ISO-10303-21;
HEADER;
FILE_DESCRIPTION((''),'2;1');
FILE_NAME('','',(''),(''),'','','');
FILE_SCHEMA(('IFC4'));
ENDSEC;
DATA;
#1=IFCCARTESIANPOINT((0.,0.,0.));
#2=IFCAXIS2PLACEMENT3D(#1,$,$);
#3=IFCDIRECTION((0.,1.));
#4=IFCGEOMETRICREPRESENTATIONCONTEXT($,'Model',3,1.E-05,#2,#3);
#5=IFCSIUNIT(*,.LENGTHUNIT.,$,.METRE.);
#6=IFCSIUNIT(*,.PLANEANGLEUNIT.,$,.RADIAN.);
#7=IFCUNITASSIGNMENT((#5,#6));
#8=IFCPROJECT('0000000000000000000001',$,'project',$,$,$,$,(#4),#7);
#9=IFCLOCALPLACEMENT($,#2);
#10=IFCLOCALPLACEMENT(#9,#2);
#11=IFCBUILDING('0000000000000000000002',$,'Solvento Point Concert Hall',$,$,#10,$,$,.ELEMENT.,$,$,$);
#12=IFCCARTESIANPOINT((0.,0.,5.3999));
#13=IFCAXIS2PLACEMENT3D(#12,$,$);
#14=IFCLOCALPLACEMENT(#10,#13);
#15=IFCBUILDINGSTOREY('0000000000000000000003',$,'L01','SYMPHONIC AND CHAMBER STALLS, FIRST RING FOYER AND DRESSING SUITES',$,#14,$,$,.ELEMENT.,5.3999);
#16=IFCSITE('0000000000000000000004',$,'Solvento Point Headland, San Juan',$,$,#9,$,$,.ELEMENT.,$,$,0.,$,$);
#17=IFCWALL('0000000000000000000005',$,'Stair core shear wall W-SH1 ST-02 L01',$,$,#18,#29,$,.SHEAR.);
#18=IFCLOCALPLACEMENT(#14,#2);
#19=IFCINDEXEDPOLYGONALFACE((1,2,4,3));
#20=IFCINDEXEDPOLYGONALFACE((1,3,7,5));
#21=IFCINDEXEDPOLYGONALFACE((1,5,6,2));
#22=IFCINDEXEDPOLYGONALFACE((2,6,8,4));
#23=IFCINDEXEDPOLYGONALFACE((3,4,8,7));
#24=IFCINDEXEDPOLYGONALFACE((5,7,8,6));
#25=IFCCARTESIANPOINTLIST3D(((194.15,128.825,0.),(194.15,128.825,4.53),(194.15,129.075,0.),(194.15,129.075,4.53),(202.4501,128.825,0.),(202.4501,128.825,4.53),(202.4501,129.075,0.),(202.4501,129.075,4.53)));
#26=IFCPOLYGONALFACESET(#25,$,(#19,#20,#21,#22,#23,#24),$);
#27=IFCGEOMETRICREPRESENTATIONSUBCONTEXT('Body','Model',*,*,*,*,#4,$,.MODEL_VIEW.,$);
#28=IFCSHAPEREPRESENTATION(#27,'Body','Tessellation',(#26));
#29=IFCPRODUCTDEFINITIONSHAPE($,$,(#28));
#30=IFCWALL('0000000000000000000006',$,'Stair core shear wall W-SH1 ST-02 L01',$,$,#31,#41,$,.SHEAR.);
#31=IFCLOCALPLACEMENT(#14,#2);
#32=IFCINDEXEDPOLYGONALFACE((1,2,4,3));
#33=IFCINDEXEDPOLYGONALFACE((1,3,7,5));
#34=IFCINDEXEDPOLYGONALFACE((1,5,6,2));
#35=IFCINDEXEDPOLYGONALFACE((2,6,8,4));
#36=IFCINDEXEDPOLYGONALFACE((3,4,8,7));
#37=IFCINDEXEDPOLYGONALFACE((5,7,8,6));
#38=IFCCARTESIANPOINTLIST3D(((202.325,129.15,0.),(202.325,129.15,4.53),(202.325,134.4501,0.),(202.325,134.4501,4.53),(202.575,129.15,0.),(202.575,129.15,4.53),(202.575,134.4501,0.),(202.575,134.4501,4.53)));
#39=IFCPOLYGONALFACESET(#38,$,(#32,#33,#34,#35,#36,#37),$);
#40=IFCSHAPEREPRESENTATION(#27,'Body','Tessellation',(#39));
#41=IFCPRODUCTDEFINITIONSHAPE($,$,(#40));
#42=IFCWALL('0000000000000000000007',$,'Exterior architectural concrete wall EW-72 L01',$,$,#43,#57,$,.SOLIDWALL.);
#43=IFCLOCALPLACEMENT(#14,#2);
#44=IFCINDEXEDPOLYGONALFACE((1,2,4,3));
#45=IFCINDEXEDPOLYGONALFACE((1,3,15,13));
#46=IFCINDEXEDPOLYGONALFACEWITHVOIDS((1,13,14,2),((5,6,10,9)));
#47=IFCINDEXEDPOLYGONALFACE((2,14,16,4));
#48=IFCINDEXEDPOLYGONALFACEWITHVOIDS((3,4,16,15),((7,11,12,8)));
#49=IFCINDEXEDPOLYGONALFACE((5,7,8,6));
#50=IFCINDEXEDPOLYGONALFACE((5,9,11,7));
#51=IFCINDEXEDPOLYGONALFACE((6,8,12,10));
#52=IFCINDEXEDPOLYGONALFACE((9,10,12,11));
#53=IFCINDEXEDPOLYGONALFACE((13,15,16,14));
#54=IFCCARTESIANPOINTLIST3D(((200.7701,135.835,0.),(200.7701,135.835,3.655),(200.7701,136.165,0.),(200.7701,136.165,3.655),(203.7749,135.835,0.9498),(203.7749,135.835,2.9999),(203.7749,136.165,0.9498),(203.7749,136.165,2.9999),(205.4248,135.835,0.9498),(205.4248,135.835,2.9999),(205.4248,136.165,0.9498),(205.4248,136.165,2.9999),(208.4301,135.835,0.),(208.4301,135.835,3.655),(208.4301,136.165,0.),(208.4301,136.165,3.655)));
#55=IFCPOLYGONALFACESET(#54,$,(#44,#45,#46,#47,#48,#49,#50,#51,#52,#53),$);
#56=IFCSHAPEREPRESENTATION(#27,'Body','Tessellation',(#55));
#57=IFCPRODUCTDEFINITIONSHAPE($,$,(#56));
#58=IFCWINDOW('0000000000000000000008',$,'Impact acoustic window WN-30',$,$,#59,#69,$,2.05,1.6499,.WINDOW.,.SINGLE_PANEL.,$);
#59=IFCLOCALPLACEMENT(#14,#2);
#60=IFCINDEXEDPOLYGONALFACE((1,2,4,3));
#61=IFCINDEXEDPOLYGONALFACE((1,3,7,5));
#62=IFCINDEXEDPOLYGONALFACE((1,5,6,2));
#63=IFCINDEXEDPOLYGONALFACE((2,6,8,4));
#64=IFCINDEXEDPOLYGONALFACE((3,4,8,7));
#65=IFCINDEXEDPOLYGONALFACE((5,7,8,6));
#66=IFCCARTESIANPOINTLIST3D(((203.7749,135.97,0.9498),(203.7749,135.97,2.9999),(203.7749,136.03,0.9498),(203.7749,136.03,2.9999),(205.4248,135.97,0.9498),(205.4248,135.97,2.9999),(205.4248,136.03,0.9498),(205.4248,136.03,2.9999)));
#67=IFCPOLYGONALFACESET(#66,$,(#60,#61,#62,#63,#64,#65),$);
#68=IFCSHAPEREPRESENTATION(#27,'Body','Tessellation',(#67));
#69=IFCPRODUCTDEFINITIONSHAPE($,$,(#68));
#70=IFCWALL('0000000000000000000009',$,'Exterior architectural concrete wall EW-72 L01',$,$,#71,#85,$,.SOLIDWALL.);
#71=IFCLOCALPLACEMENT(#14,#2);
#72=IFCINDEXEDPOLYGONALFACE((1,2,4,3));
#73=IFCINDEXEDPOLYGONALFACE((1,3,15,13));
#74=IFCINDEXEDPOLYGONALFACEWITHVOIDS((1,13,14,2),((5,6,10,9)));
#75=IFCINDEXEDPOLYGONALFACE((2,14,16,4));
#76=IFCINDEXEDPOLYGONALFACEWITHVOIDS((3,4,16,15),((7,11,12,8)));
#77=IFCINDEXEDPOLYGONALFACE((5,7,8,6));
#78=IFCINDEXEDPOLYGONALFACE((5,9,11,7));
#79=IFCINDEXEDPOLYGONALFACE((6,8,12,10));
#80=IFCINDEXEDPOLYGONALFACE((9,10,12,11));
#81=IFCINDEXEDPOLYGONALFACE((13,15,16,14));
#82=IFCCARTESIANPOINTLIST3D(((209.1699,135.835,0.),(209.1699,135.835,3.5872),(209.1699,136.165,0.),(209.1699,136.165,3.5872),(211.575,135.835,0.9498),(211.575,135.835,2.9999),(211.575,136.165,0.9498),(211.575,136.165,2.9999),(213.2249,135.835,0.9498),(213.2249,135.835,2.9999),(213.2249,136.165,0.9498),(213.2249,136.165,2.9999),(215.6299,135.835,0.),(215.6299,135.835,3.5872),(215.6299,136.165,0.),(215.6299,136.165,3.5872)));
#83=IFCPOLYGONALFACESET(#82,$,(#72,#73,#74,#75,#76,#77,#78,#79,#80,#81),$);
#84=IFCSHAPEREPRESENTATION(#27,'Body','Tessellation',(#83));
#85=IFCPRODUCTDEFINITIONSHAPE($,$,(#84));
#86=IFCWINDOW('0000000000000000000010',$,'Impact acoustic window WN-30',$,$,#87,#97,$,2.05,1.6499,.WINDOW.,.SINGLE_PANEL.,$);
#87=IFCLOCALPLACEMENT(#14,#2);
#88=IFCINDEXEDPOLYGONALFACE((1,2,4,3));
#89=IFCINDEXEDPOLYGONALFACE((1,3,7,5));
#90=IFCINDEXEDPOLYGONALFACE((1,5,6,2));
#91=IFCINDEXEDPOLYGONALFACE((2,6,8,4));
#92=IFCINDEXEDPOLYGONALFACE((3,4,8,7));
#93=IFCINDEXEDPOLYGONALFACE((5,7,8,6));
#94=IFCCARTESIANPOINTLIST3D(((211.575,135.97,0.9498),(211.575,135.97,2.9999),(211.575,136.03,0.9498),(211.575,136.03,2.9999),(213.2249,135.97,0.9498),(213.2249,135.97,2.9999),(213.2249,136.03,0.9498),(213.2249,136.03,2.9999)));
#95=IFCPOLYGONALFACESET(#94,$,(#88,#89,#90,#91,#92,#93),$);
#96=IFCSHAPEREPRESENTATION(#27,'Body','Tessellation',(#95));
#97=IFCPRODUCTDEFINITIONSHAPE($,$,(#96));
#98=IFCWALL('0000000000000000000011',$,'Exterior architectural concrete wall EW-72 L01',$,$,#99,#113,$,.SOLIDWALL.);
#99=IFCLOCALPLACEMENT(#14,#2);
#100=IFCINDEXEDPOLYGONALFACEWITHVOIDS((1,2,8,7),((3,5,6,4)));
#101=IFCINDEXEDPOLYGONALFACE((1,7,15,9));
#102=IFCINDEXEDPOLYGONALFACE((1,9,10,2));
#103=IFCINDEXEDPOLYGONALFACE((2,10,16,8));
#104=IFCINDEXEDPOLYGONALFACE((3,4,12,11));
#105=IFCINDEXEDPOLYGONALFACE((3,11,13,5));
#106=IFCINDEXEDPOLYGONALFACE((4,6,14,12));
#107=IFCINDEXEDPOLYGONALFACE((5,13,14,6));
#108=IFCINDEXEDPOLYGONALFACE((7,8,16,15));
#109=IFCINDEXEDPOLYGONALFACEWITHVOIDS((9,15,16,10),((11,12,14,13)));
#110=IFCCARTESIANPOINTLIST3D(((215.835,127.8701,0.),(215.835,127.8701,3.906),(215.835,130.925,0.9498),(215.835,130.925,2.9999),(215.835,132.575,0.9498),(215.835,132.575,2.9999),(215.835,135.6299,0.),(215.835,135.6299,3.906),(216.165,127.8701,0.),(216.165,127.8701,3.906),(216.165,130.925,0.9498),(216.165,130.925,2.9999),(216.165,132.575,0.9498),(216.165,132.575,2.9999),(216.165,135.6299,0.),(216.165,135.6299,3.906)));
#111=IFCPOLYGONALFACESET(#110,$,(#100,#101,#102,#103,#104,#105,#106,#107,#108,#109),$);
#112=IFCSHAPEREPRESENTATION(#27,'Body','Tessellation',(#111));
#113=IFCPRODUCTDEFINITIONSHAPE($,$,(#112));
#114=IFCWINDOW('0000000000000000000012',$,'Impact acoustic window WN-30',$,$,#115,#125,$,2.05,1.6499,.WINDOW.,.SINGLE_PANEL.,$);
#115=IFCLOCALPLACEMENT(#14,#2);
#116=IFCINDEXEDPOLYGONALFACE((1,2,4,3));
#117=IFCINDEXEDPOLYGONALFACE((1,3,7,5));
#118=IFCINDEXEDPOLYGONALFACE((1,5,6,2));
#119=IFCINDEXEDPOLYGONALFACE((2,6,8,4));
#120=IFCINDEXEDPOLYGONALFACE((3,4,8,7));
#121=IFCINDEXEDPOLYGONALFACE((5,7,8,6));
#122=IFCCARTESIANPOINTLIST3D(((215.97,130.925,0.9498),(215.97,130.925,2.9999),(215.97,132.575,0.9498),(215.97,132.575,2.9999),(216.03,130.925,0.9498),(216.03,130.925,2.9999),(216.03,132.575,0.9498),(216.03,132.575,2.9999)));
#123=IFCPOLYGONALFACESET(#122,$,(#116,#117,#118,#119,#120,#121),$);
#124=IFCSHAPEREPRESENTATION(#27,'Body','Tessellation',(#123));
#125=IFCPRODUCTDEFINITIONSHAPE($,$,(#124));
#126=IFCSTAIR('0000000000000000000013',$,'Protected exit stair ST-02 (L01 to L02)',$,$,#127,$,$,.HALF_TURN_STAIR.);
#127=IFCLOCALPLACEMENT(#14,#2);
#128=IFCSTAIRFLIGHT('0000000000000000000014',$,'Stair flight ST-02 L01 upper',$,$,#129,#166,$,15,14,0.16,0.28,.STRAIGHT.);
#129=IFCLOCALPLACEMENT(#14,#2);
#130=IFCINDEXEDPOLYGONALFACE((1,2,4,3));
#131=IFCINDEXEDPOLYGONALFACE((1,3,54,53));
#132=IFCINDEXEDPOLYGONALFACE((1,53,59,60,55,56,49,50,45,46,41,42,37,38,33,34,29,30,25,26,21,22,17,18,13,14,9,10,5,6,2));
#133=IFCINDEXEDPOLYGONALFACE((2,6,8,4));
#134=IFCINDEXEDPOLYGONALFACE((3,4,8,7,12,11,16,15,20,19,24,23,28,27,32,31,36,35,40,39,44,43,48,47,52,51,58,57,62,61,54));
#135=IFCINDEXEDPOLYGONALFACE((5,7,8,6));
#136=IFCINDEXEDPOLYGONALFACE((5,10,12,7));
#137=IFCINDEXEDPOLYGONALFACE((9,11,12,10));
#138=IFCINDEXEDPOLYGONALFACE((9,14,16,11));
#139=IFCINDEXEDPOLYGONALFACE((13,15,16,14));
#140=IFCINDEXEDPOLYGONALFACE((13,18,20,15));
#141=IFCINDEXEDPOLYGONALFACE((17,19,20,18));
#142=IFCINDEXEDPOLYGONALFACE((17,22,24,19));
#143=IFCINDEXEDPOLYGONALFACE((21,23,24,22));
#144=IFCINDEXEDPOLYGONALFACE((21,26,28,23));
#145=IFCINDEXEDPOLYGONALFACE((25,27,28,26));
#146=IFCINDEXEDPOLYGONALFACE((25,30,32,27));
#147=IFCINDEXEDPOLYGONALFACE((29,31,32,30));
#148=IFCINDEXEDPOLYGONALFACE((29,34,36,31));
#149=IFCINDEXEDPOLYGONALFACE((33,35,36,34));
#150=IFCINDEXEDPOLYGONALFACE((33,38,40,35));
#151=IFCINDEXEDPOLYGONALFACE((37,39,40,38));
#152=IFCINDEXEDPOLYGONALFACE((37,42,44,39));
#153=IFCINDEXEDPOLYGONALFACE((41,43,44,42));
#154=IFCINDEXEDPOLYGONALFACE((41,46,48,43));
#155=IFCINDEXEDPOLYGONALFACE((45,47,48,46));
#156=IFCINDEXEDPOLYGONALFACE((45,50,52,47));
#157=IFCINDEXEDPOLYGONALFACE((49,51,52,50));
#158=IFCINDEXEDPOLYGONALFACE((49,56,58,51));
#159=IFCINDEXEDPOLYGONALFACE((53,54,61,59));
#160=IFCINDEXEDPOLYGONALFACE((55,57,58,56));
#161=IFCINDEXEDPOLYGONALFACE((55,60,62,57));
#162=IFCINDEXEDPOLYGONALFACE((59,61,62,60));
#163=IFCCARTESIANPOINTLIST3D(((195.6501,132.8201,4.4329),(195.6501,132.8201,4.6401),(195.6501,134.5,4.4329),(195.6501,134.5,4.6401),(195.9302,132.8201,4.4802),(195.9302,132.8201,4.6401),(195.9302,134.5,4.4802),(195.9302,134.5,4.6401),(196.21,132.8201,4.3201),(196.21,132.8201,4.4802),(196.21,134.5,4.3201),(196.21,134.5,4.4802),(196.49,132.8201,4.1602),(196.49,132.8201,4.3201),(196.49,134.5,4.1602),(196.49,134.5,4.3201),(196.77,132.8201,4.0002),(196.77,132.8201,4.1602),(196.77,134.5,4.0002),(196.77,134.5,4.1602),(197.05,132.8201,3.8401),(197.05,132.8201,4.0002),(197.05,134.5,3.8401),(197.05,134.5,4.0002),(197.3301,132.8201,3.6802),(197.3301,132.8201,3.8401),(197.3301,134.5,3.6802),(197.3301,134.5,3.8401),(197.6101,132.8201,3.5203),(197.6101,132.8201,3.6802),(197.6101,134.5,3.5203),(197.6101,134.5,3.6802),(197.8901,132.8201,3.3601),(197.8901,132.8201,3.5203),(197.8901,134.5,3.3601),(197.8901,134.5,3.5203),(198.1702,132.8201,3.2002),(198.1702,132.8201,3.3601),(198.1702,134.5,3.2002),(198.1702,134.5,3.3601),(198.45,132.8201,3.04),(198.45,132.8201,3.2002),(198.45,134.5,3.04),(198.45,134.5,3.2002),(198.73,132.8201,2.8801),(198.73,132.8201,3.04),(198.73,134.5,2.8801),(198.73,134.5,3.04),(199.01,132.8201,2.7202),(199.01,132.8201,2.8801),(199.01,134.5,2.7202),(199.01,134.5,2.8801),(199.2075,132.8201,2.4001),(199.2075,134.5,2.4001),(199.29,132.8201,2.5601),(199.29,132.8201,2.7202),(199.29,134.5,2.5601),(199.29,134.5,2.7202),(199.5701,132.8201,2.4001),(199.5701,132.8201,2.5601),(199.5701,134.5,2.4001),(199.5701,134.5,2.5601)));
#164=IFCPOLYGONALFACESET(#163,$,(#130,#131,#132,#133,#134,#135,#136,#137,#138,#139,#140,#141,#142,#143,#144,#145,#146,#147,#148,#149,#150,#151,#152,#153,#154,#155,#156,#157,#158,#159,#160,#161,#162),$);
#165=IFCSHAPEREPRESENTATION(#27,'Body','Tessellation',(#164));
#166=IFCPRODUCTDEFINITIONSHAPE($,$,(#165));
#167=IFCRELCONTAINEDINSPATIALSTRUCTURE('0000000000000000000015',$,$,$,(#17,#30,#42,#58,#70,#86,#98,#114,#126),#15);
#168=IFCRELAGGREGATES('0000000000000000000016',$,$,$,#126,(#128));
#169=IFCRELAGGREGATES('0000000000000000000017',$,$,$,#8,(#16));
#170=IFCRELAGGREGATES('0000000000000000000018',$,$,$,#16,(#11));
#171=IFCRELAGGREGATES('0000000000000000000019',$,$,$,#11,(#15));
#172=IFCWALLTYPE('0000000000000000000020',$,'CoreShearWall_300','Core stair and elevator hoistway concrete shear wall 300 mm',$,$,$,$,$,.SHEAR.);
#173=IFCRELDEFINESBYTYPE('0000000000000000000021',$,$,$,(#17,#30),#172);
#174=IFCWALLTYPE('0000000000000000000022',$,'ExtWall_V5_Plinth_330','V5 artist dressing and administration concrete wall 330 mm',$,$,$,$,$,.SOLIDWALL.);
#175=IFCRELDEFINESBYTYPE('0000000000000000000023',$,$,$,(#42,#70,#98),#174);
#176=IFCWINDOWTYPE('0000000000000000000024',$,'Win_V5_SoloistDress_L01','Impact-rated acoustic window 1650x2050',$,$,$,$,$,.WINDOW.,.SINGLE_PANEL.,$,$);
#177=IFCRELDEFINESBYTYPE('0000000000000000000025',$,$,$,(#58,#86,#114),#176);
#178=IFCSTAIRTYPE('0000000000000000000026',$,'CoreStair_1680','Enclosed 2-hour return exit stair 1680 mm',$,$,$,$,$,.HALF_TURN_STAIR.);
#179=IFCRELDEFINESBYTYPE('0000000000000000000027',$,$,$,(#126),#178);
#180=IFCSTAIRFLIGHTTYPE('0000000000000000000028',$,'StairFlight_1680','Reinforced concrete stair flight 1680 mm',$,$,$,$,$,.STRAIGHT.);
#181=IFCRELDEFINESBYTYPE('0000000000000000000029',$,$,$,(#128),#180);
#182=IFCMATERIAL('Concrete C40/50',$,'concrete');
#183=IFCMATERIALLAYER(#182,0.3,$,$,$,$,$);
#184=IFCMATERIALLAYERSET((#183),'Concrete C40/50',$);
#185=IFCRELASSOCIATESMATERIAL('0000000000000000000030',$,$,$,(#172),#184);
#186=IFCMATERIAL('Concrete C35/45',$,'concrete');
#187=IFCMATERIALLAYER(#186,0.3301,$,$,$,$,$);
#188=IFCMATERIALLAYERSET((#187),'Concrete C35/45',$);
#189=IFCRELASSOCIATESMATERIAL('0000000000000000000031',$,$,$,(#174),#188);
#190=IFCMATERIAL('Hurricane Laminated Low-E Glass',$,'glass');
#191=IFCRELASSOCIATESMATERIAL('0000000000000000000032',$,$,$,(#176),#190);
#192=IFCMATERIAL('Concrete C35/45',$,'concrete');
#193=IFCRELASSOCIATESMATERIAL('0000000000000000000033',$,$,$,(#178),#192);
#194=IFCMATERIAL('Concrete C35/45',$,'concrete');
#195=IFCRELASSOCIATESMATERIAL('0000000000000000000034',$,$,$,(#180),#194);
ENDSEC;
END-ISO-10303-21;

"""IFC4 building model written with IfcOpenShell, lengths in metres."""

from ifc_helpers import new_model, si_unit, direction, frame, frame_2d, origin, place, context, subcontext, project, spatial, polyline, rectangle, outline, extrude, material, layer, layer_set, type_object, element, fill, aggregate, save


model = new_model("IFC4")

# Units and contexts
model_context = context("Model", 3, precision=1e-05, world=origin(), true_north=direction((0.0, 1.0)))
body_context = subcontext(model_context, "Body", "Model", "MODEL_VIEW")
ifc_project = project(units=[si_unit("LENGTHUNIT", "METRE"), si_unit("PLANEANGLEUNIT", "RADIAN")], contexts=[model_context])

# Site, building, storey
site_placement = place(None, origin())
site = spatial("IfcSite", under=ifc_project, at=site_placement, Name="Solvento Point Headland, San Juan", CompositionType="ELEMENT", RefElevation=0.0)
building_placement = place(site_placement, origin())
building = spatial("IfcBuilding", under=site, at=building_placement, Name="Solvento Point Concert Hall", CompositionType="ELEMENT")
storey_placement = place(building_placement, frame((0.0, 0.0, 5.3999)))
storey = spatial("IfcBuildingStorey", under=building, at=storey_placement, Name="L01", Description="SYMPHONIC AND CHAMBER STALLS, FIRST RING FOYER AND DRESSING SUITES", CompositionType="ELEMENT", Elevation=5.3999)

# Walls
ifc_material_1 = material(Name="Concrete C40/50", Category="concrete")
ifc_layer_1 = layer(ifc_material_1, 0.3)
ifc_layer_set_1 = layer_set([ifc_layer_1], Name="Concrete C40/50")
wall_type_1 = type_object("IfcWallType", Name="CoreShearWall_300", Description="Core stair and elevator hoistway concrete shear wall 300 mm", PredefinedType="SHEAR", material=ifc_layer_set_1)
wall_1_placement = place(storey_placement, frame((202.45, 128.95, 0.0), z_axis=(0.0, 0.0, 1.0), x_axis=(-1.0, 0.0, 0.0)))
element("IfcWall", 1, at=wall_1_placement, inside=storey, type_object=wall_type_1, Name="Stair core shear wall W-SH1 ST-02 L01", PredefinedType="SHEAR", context=body_context, shape_type="SweptSolid", body=[
    extrude(rectangle(XDim=8.3, YDim=0.25, at=frame_2d((4.1499, 0.0))), origin(), (0.0, 0.0, 1.0), 4.53),
])
wall_2_placement = place(storey_placement, frame((202.45, 134.45, 0.0), z_axis=(0.0, 0.0, 1.0), x_axis=(0.0, -1.0, 0.0)))
element("IfcWall", 2, at=wall_2_placement, inside=storey, type_object=wall_type_1, Name="Stair core shear wall W-SH1 ST-02 L01", PredefinedType="SHEAR", context=body_context, shape_type="SweptSolid", body=[
    extrude(rectangle(XDim=5.3, YDim=0.25, at=frame_2d((2.6499, 0.0))), origin(), (0.0, 0.0, 1.0), 4.53),
])

# Walls, openings, windows
ifc_material_2 = material(Name="Concrete C35/45", Category="concrete")
ifc_layer_2 = layer(ifc_material_2, 0.3301)
ifc_layer_set_2 = layer_set([ifc_layer_2], Name="Concrete C35/45")
wall_type_2 = type_object("IfcWallType", Name="ExtWall_V5_Plinth_330", Description="V5 artist dressing and administration concrete wall 330 mm", PredefinedType="SOLIDWALL", material=ifc_layer_set_2)
wall_3_placement = place(storey_placement, frame((200.77, 136.0, 0.0), z_axis=(0.0, 0.0, 1.0), x_axis=(1.0, 0.0, 0.0)))
wall_3 = element("IfcWall", 3, at=wall_3_placement, inside=storey, type_object=wall_type_2, Name="Exterior architectural concrete wall EW-72 L01", PredefinedType="SOLIDWALL", context=body_context, shape_type="SweptSolid", body=[
    extrude(rectangle(XDim=7.6599, YDim=0.3301, at=frame_2d((3.8301, 0.0))), origin(), (0.0, 0.0, 1.0), 3.655),
])
opening_1_placement = place(wall_3_placement, frame((3.0049, 0.0, 0.95)))
opening_1 = element("IfcOpeningElement", 4, at=opening_1_placement, cuts=wall_3, PredefinedType="OPENING", context=body_context, shape_type="SweptSolid", body=[
    extrude(rectangle(XDim=1.6499, YDim=2.05, at=frame_2d((0.825, 1.0249))), frame((0.0, 0.175, 0.0), z_axis=(0.0, -1.0, 0.0), x_axis=(1.0, 0.0, 0.0)), (0.0, 0.0, 1.0), 0.3501),
])
ifc_material_3 = material(Name="Hurricane Laminated Low-E Glass", Category="glass")
window_type = type_object("IfcWindowType", Name="Win_V5_SoloistDress_L01", Description="Impact-rated acoustic window 1650x2050", PartitioningType="SINGLE_PANEL", PredefinedType="WINDOW", material=ifc_material_3)
window_1_placement = place(opening_1_placement, origin())
window_1 = element("IfcWindow", 5, at=window_1_placement, inside=storey, type_object=window_type, Name="Impact acoustic window WN-30", OverallHeight=2.05, OverallWidth=1.6499, PartitioningType="SINGLE_PANEL", PredefinedType="WINDOW", context=body_context, shape_type="SweptSolid", body=[
    extrude(rectangle(XDim=1.6499, YDim=2.05, at=frame_2d((0.825, 1.0249))), frame((0.0, 0.03, 0.0), z_axis=(0.0, -1.0, 0.0), x_axis=(1.0, 0.0, 0.0)), (0.0, 0.0, 1.0), 0.0601),
])
fill(opening_1, window_1)
wall_4_placement = place(storey_placement, frame((209.1699, 136.0, 0.0), z_axis=(0.0, 0.0, 1.0), x_axis=(1.0, 0.0, 0.0)))
wall_4 = element("IfcWall", 6, at=wall_4_placement, inside=storey, type_object=wall_type_2, Name="Exterior architectural concrete wall EW-72 L01", PredefinedType="SOLIDWALL", context=body_context, shape_type="SweptSolid", body=[
    extrude(rectangle(XDim=6.46, YDim=0.3301, at=frame_2d((3.23, 0.0))), origin(), (0.0, 0.0, 1.0), 3.5872),
])
opening_2_placement = place(wall_4_placement, frame((2.405, 0.0, 0.95)))
opening_2 = element("IfcOpeningElement", 7, at=opening_2_placement, cuts=wall_4, PredefinedType="OPENING", context=body_context, shape_type="SweptSolid", body=[
    extrude(rectangle(XDim=1.6499, YDim=2.05, at=frame_2d((0.825, 1.0249))), frame((0.0, 0.175, 0.0), z_axis=(0.0, -1.0, 0.0), x_axis=(1.0, 0.0, 0.0)), (0.0, 0.0, 1.0), 0.3501),
])
window_2_placement = place(opening_2_placement, origin())
window_2 = element("IfcWindow", 8, at=window_2_placement, inside=storey, type_object=window_type, Name="Impact acoustic window WN-30", OverallHeight=2.05, OverallWidth=1.6499, PartitioningType="SINGLE_PANEL", PredefinedType="WINDOW", context=body_context, shape_type="SweptSolid", body=[
    extrude(rectangle(XDim=1.6499, YDim=2.05, at=frame_2d((0.825, 1.0249))), frame((0.0, 0.03, 0.0), z_axis=(0.0, -1.0, 0.0), x_axis=(1.0, 0.0, 0.0)), (0.0, 0.0, 1.0), 0.0601),
])
fill(opening_2, window_2)
wall_5_placement = place(storey_placement, frame((216.0, 135.6299, 0.0), z_axis=(0.0, 0.0, 1.0), x_axis=(0.0, -1.0, 0.0)))
wall_5 = element("IfcWall", 9, at=wall_5_placement, inside=storey, type_object=wall_type_2, Name="Exterior architectural concrete wall EW-72 L01", PredefinedType="SOLIDWALL", context=body_context, shape_type="SweptSolid", body=[
    extrude(rectangle(XDim=7.7598, YDim=0.3301, at=frame_2d((3.8799, 0.0))), origin(), (0.0, 0.0, 1.0), 3.906),
])
opening_3_placement = place(wall_5_placement, frame((3.0549, 0.0, 0.95)))
opening_3 = element("IfcOpeningElement", 10, at=opening_3_placement, cuts=wall_5, PredefinedType="OPENING", context=body_context, shape_type="SweptSolid", body=[
    extrude(rectangle(XDim=1.6499, YDim=2.05, at=frame_2d((0.825, 1.0249))), frame((0.0, 0.175, 0.0), z_axis=(0.0, -1.0, 0.0), x_axis=(1.0, 0.0, 0.0)), (0.0, 0.0, 1.0), 0.3501),
])
window_3_placement = place(opening_3_placement, origin())
window_3 = element("IfcWindow", 11, at=window_3_placement, inside=storey, type_object=window_type, Name="Impact acoustic window WN-30", OverallHeight=2.05, OverallWidth=1.6499, PartitioningType="SINGLE_PANEL", PredefinedType="WINDOW", context=body_context, shape_type="SweptSolid", body=[
    extrude(rectangle(XDim=1.6499, YDim=2.05, at=frame_2d((0.825, 1.0249))), frame((0.0, 0.03, 0.0), z_axis=(0.0, -1.0, 0.0), x_axis=(1.0, 0.0, 0.0)), (0.0, 0.0, 1.0), 0.0601),
])
fill(opening_3, window_3)

# Stair, stair flight
ifc_material_4 = material(Name="Concrete C35/45", Category="concrete")
stair_type = type_object("IfcStairType", Name="CoreStair_1680", Description="Enclosed 2-hour return exit stair 1680 mm", PredefinedType="HALF_TURN_STAIR", material=ifc_material_4)
stair_placement = place(storey_placement, origin())
stair = element("IfcStair", 12, at=stair_placement, inside=storey, type_object=stair_type, Name="Protected exit stair ST-02 (L01 to L02)", PredefinedType="HALF_TURN_STAIR")
ifc_material_5 = material(Name="Concrete C35/45", Category="concrete")
stair_flight_type = type_object("IfcStairFlightType", Name="StairFlight_1680", Description="Reinforced concrete stair flight 1680 mm", PredefinedType="STRAIGHT", material=ifc_material_5)
stair_flight_placement = place(storey_placement, frame((199.5701, 133.6599, 2.4001), z_axis=(0.0, 0.0, 1.0), x_axis=(-1.0, 0.0, 0.0)))
stair_flight = element("IfcStairFlight", 13, at=stair_flight_placement, type_object=stair_flight_type, Name="Stair flight ST-02 L01 upper", NumberOfRisers=15, NumberOfTreads=14, PredefinedType="STRAIGHT", RiserHeight=0.16, TreadLength=0.28, context=body_context, shape_type="SweptSolid", body=[
    extrude(outline(polyline([(0.0, 0.0), (0.0, 0.1599), (0.28, 0.1599), (0.28, 0.3201), (0.5601, 0.3201), (0.5601, 0.48), (0.8401, 0.48), (0.8401, 0.6399), (1.1201, 0.6399), (1.1201, 0.8), (1.3999, 0.8), (1.3999, 0.96), (1.6799, 0.96), (1.6799, 1.1201), (1.96, 1.1201), (1.96, 1.28), (2.24, 1.28), (2.24, 1.4399), (2.52, 1.4399), (2.52, 1.6001), (2.8, 1.6001), (2.8, 1.76), (3.0801, 1.76), (3.0801, 1.9199), (3.3601, 1.9199), (3.3601, 2.0801), (3.6399, 2.0801), (3.6399, 2.24), (3.9199, 2.24), (3.9199, 2.3999), (3.9199, 2.0327), (0.3625, 0.0), (0.0, 0.0)])), frame((0.0, 0.8398, 0.0), z_axis=(0.0, -1.0, 0.0), x_axis=(1.0, 0.0, 0.0)), (0.0, 0.0, 1.0), 1.6799),
])
aggregate(stair, [stair_flight])

save(model, "model.ifc")
